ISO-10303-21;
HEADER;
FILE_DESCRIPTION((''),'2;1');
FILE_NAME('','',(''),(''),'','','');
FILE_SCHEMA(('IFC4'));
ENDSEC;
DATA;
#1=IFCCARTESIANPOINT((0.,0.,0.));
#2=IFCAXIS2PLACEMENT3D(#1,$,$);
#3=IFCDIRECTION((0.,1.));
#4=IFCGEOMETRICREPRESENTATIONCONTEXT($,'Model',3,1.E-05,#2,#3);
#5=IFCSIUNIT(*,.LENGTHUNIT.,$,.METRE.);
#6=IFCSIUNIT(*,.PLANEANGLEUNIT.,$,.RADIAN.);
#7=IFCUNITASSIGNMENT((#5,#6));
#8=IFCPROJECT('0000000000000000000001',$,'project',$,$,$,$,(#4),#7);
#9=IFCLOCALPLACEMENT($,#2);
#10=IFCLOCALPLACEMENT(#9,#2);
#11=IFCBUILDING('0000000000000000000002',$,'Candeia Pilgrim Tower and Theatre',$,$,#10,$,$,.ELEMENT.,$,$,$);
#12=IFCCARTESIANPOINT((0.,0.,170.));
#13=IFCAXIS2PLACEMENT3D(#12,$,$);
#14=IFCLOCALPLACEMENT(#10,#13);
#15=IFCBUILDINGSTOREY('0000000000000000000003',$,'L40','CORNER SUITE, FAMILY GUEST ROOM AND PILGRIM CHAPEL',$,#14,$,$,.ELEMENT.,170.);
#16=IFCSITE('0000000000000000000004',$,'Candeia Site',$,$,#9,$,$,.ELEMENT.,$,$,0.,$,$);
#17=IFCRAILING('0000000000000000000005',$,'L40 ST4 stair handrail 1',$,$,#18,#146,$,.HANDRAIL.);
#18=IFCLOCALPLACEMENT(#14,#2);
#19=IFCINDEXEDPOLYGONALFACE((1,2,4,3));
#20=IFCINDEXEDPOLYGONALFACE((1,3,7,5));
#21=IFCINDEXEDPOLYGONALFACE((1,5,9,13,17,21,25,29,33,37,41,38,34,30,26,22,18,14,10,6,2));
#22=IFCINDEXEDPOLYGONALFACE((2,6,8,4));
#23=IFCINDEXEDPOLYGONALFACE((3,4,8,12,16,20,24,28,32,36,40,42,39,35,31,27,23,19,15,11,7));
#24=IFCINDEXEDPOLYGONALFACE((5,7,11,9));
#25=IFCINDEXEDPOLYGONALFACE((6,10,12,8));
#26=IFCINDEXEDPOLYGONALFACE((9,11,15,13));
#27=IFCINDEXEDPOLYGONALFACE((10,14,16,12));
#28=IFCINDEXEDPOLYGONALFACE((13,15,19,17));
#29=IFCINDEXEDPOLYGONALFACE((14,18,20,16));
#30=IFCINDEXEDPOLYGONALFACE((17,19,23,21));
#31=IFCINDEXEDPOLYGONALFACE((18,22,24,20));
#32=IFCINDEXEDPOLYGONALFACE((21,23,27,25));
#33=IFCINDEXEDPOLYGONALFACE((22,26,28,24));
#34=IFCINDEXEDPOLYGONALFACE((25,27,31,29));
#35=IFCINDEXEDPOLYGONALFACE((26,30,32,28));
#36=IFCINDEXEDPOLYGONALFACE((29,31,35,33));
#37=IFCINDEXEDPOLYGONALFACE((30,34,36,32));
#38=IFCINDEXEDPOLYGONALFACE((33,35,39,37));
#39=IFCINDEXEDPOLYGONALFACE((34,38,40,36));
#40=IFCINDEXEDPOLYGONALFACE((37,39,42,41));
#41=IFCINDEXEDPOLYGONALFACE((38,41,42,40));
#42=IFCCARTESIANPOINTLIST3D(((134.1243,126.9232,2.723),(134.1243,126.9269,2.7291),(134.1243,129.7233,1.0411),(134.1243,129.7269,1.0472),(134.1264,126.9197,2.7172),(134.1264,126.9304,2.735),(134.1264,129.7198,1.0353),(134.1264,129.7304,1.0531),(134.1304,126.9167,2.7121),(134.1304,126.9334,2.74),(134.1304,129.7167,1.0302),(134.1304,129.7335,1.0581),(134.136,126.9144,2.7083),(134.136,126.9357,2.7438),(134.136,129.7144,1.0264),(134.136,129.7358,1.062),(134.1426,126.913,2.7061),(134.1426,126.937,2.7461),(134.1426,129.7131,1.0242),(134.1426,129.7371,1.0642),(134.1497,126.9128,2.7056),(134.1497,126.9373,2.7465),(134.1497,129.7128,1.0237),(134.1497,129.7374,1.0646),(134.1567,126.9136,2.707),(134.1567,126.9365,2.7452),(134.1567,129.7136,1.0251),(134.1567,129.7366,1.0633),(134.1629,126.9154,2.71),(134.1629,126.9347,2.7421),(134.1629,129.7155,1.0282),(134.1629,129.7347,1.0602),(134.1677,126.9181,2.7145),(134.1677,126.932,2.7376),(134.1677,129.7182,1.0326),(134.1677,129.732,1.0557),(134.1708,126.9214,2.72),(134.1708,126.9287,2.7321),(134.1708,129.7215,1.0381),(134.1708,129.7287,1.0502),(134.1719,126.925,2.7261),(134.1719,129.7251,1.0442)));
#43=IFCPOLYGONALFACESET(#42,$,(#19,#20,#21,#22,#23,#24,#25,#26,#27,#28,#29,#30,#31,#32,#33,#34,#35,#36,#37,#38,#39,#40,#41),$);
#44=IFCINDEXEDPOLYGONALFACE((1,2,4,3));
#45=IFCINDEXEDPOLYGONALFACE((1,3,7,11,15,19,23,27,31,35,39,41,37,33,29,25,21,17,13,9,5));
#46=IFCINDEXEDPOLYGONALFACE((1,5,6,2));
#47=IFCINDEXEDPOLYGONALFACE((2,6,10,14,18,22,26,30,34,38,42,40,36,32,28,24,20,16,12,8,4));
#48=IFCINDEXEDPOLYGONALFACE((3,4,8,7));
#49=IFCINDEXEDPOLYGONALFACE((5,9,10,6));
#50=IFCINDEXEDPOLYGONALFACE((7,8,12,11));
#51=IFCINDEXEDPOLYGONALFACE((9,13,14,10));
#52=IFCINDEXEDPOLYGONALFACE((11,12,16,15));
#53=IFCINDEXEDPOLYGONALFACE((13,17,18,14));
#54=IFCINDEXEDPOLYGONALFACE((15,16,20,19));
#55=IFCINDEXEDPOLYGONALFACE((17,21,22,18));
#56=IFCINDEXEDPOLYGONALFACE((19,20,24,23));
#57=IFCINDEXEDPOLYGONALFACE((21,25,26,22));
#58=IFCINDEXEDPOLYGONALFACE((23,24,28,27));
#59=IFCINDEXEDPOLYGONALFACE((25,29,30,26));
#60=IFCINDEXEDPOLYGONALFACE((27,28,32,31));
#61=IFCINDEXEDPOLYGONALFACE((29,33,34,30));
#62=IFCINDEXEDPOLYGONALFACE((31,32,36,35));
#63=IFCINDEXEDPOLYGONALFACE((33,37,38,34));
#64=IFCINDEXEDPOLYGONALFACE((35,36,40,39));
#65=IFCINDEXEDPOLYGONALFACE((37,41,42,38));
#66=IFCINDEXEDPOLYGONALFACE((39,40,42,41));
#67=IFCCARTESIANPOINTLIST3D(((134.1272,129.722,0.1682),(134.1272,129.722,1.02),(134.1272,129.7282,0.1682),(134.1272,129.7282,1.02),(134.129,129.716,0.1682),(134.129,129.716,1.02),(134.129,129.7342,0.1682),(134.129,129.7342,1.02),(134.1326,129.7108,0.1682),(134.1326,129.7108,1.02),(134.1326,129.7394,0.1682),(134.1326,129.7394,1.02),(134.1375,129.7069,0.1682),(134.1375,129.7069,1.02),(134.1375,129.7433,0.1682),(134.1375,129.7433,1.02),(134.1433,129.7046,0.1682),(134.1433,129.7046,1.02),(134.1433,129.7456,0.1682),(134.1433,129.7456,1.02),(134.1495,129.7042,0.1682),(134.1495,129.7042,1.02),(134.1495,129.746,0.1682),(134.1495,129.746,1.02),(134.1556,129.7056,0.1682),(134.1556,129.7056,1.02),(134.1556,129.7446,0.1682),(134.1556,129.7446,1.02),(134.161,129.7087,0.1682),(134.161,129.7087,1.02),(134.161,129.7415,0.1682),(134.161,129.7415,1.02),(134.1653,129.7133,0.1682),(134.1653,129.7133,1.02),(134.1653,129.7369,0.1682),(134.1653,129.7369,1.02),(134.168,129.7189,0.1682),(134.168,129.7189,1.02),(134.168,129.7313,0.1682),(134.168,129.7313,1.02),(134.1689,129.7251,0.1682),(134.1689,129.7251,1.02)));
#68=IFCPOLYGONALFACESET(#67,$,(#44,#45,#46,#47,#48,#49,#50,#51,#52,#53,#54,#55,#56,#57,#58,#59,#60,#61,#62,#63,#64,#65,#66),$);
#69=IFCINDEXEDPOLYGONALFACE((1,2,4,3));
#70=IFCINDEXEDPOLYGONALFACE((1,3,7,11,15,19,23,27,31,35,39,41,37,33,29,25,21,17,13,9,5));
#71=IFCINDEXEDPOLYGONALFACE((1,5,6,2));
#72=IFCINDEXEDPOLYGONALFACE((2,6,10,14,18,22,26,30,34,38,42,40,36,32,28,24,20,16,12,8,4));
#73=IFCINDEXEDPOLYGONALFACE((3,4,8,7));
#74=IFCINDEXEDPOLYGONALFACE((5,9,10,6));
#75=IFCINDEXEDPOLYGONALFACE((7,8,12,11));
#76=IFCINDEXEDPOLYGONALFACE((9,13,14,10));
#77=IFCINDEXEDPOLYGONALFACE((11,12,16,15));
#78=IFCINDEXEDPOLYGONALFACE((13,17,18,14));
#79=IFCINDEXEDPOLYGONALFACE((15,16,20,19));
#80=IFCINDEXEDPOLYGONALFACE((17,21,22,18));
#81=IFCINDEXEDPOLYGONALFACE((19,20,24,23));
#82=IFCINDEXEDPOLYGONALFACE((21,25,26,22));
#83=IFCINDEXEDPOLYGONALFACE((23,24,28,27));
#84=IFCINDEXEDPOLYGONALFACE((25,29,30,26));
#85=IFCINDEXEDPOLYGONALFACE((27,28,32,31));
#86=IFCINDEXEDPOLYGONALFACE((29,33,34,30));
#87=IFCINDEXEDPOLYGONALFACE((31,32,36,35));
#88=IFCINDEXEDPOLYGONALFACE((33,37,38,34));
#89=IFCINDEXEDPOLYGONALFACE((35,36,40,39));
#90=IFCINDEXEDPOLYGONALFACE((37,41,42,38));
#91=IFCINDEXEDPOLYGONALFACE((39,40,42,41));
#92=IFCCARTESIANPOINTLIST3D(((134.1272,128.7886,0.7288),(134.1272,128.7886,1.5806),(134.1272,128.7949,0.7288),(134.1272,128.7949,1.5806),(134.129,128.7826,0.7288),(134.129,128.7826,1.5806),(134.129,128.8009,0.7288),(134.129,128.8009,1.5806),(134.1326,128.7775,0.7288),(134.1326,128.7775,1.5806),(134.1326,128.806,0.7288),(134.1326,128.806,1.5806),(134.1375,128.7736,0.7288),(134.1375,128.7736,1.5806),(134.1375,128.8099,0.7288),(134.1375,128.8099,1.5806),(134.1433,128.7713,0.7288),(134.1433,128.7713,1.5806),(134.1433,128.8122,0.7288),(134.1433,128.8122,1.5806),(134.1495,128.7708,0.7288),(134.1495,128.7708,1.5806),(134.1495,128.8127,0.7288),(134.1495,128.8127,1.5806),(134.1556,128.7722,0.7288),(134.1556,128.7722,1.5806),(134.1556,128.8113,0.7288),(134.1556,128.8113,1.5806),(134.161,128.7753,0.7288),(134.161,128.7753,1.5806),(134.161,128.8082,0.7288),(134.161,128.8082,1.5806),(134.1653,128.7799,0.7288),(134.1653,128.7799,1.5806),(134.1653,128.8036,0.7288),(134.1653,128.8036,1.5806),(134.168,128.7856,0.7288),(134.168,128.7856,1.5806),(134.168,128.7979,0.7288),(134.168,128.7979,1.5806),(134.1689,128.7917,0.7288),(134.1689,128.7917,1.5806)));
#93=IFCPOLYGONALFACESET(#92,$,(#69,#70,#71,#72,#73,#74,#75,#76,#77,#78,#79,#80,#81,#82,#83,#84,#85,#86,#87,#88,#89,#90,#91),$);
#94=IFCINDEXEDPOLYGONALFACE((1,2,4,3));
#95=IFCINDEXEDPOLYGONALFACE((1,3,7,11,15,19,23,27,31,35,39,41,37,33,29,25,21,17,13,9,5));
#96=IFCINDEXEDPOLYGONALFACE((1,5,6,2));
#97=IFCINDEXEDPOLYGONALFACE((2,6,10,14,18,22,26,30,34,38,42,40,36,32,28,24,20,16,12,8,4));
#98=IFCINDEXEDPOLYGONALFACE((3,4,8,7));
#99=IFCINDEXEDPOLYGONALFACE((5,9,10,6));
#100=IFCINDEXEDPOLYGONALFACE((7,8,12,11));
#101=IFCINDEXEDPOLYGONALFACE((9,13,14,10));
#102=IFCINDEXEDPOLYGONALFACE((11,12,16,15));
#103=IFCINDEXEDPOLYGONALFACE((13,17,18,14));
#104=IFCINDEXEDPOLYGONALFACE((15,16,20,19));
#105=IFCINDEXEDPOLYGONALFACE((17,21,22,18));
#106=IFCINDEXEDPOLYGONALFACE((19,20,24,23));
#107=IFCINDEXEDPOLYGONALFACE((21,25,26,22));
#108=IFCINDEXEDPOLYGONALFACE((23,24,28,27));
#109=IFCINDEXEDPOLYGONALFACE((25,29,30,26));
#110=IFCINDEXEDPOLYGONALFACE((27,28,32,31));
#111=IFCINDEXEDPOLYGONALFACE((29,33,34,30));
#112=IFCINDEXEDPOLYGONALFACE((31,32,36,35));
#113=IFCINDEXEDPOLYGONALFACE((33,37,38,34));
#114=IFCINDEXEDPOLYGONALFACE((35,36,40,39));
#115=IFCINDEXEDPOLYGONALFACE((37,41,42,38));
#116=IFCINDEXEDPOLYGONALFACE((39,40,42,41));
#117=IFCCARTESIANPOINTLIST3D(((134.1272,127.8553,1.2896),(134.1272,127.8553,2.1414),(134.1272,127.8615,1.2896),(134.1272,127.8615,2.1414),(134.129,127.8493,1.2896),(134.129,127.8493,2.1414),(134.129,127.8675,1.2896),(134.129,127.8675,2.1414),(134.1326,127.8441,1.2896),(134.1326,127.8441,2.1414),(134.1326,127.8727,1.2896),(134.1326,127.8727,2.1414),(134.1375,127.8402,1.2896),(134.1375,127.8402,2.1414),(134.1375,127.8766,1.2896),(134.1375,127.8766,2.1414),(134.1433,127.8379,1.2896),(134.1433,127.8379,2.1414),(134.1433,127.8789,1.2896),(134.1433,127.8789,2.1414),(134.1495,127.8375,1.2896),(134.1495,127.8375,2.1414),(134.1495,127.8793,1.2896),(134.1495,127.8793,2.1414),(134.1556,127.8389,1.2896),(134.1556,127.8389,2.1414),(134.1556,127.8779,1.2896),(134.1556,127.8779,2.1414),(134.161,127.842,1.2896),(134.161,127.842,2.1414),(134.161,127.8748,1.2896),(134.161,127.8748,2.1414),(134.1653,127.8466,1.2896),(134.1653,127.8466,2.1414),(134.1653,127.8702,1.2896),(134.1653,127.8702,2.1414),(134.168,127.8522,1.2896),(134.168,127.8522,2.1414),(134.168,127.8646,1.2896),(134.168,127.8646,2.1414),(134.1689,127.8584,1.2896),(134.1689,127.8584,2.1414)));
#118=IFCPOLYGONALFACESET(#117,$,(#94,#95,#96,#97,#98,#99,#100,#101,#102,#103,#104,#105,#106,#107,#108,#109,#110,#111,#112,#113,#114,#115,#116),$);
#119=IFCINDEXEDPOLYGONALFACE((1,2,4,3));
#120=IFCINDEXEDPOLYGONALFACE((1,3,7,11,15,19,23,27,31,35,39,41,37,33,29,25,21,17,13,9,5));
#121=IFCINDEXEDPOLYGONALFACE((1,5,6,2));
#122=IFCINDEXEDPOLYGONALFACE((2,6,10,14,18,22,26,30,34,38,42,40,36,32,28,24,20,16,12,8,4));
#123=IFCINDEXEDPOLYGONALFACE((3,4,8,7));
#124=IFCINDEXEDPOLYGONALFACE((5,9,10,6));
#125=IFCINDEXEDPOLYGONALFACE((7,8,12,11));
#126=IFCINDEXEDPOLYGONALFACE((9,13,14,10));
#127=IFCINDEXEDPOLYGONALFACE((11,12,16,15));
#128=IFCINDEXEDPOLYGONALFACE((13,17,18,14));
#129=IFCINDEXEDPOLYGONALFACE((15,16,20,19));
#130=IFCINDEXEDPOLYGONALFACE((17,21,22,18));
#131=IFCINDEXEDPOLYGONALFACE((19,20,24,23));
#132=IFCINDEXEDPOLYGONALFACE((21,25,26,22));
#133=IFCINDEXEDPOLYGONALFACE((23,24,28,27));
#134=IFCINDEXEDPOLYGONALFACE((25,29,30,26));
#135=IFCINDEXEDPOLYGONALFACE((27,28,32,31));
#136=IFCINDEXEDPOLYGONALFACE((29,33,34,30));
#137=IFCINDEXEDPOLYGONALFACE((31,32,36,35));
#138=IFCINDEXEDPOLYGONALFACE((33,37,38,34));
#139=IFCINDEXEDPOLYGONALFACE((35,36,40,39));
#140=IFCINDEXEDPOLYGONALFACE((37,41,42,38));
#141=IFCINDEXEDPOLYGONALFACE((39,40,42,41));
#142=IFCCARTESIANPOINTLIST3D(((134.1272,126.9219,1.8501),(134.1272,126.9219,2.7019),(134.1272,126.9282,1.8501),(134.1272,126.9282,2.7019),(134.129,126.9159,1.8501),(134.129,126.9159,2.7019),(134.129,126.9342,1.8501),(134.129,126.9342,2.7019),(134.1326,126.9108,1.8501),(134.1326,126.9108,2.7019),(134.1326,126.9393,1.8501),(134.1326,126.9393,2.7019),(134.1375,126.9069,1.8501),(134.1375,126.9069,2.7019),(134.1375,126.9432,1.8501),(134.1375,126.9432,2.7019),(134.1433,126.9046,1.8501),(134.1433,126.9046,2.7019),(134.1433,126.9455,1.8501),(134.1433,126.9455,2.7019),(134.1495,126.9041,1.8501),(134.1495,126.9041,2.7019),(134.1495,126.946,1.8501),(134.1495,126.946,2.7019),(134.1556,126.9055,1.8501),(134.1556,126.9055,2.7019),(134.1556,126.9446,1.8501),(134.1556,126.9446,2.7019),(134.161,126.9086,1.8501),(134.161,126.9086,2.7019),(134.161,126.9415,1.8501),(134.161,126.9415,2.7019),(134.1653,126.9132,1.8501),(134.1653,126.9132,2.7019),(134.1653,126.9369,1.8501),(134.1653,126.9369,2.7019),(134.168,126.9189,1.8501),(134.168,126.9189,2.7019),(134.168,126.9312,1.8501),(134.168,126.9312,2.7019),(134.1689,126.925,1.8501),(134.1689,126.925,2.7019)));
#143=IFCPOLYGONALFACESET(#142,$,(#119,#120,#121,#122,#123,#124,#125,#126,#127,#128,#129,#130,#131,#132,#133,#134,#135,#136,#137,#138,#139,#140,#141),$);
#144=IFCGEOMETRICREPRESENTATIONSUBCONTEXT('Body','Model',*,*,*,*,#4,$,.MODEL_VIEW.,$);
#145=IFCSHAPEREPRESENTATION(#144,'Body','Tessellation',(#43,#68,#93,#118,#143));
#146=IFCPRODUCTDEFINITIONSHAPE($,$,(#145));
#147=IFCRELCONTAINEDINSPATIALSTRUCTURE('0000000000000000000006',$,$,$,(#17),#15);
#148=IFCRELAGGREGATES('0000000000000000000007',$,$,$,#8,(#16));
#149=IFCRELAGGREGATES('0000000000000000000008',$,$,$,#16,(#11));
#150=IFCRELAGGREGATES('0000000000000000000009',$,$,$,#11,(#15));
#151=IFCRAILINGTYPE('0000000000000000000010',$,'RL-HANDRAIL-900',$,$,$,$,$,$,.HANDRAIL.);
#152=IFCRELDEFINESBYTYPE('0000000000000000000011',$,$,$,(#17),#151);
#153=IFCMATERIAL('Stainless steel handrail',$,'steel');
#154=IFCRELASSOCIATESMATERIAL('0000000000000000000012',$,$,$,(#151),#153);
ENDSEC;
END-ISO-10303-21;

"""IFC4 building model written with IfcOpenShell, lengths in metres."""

from ifc_helpers import new_model, si_unit, direction, frame, origin, origin_2d, place, context, subcontext, project, spatial, circle, extrude, material, type_object, element, save


model = new_model("IFC4")

# Units and contexts
model_context = context("Model", 3, precision=1e-05, world=origin(), true_north=direction((0.0, 1.0)))
body_context = subcontext(model_context, "Body", "Model", "MODEL_VIEW")
ifc_project = project(units=[si_unit("LENGTHUNIT", "METRE"), si_unit("PLANEANGLEUNIT", "RADIAN")], contexts=[model_context])

# Site, building, storey
site_placement = place(None, origin())
site = spatial("IfcSite", under=ifc_project, at=site_placement, Name="Candeia Site", CompositionType="ELEMENT", RefElevation=0.0)
building_placement = place(site_placement, origin())
building = spatial("IfcBuilding", under=site, at=building_placement, Name="Candeia Pilgrim Tower and Theatre", CompositionType="ELEMENT")
storey_placement = place(building_placement, frame((0.0, 0.0, 170.0)))
storey = spatial("IfcBuildingStorey", under=building, at=storey_placement, Name="L40", Description="CORNER SUITE, FAMILY GUEST ROOM AND PILGRIM CHAPEL", CompositionType="ELEMENT", Elevation=170.0)

# Railing
ifc_material_1 = material(Name="Stainless steel handrail", Category="steel")
railing_type_1 = type_object("IfcRailingType", Name="RL-HANDRAIL-900", PredefinedType="HANDRAIL", material=ifc_material_1)
railing_1_placement = place(storey_placement, frame((134.1479, 129.7251, 0.1682)))
element("IfcRailing", 1, at=railing_1_placement, inside=storey, type_object=railing_type_1, Name="L40 ST4 stair handrail 1", PredefinedType="HANDRAIL", context=body_context, shape_type="SweptSolid", body=[
    extrude(circle(Radius=0.0239, at=origin_2d()), frame((0.0, 0.0, 0.876), z_axis=(0.0, -0.857242, 0.514913), x_axis=(1.0, 0.0, 0.0)), (0.0, 0.0, 1.0), 3.2664),
    extrude(circle(Radius=0.021, at=origin_2d()), origin(), (0.0, 0.0, 1.0), 0.8518),
    extrude(circle(Radius=0.021, at=origin_2d()), frame((0.0, -0.9333, 0.5605)), (0.0, 0.0, 1.0), 0.8518),
    extrude(circle(Radius=0.021, at=origin_2d()), frame((0.0, -1.8667, 1.1213)), (0.0, 0.0, 1.0), 0.8518),
    extrude(circle(Radius=0.021, at=origin_2d()), frame((0.0, -2.8, 1.6819)), (0.0, 0.0, 1.0), 0.8518),
])

save(model, "model.ifc")
